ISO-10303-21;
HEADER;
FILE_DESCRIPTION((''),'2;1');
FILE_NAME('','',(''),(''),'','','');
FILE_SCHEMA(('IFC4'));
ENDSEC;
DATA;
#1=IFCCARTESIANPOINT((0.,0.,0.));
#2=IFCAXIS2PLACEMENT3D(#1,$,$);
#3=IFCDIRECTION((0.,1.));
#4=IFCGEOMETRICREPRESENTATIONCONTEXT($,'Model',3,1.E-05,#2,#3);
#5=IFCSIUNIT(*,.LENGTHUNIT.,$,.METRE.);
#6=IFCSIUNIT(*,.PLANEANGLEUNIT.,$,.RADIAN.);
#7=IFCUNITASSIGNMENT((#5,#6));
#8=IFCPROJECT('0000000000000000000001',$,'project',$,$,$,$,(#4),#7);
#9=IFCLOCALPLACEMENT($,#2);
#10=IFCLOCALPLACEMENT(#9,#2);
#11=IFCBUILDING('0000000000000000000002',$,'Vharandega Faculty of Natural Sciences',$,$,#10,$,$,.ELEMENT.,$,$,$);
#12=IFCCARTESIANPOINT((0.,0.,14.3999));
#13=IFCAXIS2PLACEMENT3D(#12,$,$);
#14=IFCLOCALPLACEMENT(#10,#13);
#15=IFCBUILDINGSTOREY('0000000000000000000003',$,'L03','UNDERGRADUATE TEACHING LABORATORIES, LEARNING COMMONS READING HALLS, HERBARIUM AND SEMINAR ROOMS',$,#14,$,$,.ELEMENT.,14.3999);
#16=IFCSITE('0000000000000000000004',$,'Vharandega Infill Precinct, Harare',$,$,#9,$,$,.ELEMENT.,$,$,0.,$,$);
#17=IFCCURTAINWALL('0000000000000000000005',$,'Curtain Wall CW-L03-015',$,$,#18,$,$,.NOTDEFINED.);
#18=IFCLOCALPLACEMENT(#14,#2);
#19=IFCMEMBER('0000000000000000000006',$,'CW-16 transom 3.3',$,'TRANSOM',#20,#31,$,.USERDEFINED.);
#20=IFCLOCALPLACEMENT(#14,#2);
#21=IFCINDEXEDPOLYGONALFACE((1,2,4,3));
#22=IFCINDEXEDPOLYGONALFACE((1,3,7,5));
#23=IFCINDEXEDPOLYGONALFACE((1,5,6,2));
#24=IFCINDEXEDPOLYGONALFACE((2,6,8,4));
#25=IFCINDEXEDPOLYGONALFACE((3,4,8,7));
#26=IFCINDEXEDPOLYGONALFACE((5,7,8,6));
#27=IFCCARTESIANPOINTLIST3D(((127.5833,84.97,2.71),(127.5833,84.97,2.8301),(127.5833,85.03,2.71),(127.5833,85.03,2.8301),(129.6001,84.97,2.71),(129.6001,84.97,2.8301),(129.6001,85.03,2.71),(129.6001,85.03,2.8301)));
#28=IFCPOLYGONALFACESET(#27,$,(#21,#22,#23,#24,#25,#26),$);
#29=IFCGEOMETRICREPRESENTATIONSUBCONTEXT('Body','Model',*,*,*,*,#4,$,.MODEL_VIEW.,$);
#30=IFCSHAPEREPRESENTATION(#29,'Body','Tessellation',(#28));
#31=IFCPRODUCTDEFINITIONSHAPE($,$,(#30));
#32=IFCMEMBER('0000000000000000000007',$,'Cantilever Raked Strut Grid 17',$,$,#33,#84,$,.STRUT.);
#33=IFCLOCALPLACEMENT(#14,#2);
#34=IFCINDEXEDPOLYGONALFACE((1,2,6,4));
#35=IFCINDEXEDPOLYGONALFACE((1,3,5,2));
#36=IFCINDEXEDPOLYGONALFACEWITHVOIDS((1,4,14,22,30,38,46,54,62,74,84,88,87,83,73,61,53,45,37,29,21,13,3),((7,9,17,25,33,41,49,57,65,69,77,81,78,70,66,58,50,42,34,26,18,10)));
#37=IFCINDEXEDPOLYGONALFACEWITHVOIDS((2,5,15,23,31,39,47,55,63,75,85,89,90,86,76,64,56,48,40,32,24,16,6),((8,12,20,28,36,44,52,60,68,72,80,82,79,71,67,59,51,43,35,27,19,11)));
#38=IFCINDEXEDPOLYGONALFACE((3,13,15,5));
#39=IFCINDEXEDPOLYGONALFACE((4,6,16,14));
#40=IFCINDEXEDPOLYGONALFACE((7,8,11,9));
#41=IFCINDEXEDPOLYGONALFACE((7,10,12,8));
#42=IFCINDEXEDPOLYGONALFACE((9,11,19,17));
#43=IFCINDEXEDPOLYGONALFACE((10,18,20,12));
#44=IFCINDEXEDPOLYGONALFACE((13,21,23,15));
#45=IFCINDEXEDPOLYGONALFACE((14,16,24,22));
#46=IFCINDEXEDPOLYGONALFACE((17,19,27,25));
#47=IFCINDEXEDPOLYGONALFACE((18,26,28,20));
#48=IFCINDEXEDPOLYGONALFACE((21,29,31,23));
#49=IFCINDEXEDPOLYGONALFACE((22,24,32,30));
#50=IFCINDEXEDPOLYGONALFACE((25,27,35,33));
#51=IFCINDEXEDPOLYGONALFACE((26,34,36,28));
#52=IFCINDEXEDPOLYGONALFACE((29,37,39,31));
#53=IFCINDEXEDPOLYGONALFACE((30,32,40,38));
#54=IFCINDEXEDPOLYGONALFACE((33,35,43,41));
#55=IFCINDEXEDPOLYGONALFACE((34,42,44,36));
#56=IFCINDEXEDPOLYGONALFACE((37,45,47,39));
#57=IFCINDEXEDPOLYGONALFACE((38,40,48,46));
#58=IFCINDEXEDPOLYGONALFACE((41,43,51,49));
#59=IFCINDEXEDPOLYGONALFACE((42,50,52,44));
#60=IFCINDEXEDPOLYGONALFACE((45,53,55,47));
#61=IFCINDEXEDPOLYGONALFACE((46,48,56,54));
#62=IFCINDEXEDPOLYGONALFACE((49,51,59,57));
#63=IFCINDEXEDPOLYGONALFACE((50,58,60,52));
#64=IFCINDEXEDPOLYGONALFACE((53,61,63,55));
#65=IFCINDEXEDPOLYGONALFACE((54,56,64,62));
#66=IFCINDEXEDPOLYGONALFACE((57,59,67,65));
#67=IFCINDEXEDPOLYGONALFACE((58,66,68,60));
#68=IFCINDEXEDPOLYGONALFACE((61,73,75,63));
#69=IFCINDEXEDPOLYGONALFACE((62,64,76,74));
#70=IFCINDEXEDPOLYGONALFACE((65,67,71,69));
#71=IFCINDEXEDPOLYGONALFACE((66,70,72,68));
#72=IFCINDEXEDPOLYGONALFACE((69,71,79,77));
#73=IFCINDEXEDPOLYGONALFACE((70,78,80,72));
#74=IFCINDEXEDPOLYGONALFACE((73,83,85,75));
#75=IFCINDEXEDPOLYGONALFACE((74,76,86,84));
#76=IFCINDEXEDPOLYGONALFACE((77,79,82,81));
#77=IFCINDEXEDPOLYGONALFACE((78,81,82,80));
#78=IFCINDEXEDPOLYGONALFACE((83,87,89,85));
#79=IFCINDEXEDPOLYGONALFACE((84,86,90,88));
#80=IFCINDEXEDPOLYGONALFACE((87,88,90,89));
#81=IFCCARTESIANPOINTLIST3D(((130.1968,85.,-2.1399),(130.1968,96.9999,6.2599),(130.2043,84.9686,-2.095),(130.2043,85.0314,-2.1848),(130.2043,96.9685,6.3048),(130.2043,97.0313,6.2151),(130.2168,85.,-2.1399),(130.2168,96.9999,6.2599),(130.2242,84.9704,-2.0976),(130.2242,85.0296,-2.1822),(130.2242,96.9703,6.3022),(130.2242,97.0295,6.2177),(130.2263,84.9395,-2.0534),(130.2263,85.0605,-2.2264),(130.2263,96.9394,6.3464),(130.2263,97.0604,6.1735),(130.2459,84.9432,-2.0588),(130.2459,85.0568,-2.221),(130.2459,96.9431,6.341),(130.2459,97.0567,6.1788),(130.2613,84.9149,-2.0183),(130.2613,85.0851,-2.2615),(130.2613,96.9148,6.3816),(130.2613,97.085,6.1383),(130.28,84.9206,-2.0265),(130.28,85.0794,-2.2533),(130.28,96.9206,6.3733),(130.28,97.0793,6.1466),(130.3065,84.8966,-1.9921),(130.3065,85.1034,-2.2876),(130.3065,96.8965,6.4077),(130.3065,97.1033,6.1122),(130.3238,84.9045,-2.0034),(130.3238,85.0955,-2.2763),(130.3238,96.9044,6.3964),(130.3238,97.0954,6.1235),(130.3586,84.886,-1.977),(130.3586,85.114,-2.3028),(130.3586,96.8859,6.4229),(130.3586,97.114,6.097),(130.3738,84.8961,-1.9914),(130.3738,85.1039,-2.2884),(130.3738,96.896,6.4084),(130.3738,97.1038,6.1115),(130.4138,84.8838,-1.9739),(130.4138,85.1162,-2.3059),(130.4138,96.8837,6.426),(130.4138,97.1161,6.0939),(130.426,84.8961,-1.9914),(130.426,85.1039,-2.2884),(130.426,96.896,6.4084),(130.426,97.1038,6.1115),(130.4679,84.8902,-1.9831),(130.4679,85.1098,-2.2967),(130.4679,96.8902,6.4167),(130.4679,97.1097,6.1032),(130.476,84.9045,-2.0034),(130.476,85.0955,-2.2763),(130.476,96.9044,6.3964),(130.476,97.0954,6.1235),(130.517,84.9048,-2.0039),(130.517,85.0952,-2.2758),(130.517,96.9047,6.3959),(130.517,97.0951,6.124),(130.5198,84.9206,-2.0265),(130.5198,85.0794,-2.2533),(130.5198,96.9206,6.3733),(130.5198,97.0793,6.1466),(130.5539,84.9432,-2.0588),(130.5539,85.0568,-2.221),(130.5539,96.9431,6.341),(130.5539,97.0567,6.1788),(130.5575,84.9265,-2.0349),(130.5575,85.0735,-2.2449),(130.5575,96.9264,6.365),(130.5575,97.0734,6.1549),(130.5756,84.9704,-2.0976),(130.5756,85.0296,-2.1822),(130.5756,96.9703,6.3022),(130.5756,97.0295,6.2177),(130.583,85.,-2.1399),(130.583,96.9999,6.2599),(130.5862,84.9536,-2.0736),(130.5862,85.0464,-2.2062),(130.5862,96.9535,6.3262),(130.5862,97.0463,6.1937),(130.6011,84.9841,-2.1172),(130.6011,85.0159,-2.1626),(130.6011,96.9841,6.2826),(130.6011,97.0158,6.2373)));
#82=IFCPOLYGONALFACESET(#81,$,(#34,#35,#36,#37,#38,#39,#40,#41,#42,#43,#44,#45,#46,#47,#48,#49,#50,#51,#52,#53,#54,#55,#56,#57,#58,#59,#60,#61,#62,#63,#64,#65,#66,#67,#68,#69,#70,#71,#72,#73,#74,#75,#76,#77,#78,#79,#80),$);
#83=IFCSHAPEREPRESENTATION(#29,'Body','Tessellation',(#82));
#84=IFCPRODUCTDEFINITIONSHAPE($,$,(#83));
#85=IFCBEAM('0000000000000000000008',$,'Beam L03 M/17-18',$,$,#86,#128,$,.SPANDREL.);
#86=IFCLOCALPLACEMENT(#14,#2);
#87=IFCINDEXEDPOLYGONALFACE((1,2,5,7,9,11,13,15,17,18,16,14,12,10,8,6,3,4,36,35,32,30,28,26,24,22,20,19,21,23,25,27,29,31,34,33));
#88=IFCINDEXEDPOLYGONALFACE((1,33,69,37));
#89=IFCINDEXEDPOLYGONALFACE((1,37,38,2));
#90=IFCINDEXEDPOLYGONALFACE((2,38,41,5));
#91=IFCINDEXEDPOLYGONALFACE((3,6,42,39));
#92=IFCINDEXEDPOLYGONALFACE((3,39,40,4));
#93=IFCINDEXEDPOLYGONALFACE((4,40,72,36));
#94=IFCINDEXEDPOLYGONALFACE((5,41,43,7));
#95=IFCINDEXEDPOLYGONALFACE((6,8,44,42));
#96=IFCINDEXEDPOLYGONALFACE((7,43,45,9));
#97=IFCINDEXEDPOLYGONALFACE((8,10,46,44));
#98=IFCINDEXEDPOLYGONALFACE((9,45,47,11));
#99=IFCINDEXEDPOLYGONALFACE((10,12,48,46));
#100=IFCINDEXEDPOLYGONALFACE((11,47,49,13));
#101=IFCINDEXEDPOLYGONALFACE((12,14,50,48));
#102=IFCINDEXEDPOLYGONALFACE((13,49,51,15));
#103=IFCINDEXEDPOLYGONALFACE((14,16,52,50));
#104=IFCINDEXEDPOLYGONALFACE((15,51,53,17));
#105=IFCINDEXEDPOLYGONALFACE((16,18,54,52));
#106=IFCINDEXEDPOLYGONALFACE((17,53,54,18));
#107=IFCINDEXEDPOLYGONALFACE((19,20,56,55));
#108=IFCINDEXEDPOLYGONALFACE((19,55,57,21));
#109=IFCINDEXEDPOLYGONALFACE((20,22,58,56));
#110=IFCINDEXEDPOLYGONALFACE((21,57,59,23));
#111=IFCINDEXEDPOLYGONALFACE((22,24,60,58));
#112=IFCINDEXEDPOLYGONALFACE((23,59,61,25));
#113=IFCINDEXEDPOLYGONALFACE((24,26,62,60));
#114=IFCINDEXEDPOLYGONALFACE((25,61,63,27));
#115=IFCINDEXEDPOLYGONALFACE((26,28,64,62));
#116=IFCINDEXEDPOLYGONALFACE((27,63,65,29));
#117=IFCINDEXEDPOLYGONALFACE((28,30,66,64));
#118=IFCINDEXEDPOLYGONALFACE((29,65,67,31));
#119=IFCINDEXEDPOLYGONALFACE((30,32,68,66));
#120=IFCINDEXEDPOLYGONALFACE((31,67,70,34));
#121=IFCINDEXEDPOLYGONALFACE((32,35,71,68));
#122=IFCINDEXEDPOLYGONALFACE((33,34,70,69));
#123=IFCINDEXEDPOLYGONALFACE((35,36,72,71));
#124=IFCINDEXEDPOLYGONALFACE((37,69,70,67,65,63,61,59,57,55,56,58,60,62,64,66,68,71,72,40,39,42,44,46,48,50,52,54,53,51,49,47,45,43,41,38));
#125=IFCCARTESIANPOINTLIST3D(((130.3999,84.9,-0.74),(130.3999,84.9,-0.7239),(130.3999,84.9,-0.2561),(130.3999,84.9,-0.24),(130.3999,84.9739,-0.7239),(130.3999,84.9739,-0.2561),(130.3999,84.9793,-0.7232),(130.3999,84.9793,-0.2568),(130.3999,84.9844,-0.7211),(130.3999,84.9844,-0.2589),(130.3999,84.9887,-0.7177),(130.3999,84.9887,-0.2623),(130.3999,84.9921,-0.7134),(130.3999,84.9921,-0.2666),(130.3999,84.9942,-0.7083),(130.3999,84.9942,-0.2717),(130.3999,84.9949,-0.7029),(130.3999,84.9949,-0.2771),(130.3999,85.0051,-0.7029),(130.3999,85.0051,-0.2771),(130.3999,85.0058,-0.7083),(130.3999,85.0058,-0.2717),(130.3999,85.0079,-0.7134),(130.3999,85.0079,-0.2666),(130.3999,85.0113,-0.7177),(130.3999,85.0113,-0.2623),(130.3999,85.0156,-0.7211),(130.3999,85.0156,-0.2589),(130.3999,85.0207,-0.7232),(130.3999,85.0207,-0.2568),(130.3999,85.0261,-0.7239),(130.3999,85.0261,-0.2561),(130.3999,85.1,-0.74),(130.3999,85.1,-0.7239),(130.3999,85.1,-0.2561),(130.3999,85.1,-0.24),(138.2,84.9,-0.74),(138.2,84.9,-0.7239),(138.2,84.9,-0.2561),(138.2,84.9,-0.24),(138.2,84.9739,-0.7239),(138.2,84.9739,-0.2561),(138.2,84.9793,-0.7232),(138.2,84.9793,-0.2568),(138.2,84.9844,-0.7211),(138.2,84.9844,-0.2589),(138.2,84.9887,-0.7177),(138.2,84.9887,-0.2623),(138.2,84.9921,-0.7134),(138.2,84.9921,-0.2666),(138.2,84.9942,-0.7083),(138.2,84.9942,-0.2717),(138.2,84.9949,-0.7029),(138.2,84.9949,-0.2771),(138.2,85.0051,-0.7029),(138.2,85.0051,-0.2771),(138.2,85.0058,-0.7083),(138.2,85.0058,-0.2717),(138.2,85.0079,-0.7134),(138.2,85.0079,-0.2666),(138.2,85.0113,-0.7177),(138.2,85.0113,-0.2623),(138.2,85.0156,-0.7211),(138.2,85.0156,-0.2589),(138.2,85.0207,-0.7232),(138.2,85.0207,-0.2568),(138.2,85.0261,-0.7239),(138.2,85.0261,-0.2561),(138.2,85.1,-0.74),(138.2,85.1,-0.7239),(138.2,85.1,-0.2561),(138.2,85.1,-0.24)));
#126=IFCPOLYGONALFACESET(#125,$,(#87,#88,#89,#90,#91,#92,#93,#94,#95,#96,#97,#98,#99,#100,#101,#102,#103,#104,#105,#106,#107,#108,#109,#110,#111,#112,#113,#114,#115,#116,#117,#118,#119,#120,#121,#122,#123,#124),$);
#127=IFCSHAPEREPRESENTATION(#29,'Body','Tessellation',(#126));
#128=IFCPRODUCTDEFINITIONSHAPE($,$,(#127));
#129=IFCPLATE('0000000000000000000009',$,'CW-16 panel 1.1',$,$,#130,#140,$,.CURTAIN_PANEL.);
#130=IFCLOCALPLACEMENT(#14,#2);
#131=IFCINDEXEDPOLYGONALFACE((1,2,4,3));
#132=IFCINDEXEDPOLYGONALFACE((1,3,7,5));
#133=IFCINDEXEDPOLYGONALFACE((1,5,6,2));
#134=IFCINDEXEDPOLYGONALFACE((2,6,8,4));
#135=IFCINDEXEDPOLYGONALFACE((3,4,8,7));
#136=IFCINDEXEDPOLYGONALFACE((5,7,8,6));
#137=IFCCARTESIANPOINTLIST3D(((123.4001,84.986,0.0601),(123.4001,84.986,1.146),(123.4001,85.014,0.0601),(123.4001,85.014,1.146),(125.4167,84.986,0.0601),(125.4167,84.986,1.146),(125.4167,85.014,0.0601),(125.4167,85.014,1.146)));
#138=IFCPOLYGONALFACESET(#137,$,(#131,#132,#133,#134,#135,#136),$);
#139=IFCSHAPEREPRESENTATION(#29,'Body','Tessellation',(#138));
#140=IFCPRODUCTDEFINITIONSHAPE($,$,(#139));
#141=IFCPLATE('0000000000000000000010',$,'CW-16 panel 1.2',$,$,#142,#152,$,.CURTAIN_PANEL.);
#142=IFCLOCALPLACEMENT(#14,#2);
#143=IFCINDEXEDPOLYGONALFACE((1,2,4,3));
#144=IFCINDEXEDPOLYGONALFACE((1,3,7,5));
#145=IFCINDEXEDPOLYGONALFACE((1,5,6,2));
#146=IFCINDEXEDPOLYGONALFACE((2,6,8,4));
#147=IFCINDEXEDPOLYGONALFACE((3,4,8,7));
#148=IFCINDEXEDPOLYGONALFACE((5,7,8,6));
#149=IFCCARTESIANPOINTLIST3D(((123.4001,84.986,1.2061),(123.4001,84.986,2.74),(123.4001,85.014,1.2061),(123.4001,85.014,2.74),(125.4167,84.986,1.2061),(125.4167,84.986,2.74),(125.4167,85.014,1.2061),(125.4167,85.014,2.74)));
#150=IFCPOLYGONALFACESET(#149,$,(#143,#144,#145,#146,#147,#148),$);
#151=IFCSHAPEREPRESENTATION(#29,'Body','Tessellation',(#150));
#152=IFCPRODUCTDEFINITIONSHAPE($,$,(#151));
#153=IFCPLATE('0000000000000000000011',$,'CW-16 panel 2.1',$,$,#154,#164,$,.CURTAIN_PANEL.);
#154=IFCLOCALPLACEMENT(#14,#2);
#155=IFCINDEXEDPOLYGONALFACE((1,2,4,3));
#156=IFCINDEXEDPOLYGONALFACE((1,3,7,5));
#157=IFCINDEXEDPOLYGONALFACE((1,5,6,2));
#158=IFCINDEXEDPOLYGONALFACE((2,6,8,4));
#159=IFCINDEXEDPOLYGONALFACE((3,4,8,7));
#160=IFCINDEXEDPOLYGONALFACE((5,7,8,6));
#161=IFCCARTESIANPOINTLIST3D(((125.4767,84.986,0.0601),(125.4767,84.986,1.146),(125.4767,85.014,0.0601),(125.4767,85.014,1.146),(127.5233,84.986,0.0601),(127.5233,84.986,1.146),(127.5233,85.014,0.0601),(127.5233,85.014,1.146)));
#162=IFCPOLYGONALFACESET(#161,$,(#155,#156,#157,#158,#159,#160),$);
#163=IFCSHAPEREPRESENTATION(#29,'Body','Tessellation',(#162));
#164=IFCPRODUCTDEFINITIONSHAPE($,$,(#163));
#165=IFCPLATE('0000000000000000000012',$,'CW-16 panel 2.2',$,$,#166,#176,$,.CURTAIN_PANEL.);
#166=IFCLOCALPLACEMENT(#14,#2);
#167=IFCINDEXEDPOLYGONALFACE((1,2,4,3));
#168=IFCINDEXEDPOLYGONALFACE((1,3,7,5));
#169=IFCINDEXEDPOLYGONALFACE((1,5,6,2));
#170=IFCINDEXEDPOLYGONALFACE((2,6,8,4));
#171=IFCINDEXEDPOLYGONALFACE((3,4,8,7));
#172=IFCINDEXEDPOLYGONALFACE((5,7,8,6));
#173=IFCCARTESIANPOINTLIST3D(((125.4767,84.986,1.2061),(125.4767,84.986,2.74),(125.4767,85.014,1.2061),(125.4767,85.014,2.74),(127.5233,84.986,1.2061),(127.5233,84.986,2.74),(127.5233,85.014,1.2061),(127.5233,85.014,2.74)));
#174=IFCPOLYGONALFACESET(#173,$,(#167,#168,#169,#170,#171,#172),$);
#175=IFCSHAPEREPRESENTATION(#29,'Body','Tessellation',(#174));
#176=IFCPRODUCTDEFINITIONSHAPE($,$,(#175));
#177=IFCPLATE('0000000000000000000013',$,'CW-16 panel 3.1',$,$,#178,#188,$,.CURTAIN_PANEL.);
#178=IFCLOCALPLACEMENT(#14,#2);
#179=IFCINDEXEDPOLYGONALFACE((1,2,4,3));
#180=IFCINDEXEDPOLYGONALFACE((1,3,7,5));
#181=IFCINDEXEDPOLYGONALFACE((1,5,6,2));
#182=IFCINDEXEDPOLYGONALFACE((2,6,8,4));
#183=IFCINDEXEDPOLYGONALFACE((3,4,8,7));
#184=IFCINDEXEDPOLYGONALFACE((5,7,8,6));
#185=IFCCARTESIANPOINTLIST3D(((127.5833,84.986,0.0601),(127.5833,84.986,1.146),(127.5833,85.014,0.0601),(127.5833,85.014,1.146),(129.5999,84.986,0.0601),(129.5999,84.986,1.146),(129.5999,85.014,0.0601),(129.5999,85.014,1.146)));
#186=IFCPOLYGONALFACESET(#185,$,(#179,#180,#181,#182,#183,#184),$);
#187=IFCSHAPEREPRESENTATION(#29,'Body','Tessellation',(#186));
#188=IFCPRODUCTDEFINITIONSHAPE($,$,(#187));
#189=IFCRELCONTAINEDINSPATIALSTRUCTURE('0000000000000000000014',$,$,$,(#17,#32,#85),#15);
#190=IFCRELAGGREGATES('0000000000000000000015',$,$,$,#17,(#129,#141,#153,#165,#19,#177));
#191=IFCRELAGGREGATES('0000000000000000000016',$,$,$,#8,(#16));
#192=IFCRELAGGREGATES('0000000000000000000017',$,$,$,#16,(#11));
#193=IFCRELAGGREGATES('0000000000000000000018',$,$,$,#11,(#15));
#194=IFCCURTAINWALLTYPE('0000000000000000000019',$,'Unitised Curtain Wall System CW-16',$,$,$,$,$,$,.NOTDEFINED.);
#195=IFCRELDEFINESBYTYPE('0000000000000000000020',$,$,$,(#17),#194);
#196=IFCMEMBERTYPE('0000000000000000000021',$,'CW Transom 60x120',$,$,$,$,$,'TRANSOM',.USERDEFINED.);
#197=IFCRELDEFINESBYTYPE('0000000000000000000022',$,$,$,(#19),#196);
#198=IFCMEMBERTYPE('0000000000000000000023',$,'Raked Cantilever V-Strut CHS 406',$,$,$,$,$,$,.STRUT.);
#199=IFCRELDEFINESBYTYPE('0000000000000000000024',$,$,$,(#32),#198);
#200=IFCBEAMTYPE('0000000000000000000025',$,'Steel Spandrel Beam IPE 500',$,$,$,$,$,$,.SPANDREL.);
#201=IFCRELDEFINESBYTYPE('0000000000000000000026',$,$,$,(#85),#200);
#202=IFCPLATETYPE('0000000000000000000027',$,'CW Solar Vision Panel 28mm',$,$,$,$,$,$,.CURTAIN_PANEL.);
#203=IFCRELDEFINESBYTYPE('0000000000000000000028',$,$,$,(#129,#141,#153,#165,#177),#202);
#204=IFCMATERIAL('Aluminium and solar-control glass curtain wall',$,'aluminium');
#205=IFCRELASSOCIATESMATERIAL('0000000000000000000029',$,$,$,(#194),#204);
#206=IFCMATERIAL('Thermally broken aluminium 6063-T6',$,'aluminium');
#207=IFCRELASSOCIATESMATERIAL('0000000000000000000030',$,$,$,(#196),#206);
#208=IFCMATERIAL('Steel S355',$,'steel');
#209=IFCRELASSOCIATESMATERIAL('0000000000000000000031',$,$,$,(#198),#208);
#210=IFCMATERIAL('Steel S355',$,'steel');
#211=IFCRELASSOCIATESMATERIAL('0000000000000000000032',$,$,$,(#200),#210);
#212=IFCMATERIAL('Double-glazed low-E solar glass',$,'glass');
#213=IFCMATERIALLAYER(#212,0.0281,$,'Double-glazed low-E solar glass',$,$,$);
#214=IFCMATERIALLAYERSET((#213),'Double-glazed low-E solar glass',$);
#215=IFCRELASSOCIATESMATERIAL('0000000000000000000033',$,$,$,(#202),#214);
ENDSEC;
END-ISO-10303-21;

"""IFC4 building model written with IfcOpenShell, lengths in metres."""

from ifc_helpers import new_model, si_unit, direction, frame, origin, origin_2d, place, context, subcontext, project, spatial, rectangle, hollow_circle, i_section, extrude, material, layer, layer_set, material_profile, profile_set, type_object, element, aggregate, save


model = new_model("IFC4")

# Units and contexts
model_context = context("Model", 3, precision=1e-05, world=origin(), true_north=direction((0.0, 1.0)))
body_context = subcontext(model_context, "Body", "Model", "MODEL_VIEW")
ifc_project = project(units=[si_unit("LENGTHUNIT", "METRE"), si_unit("PLANEANGLEUNIT", "RADIAN")], contexts=[model_context])

# Site, building, storey
site_placement = place(None, origin())
site = spatial("IfcSite", under=ifc_project, at=site_placement, Name="Vharandega Infill Precinct, Harare", CompositionType="ELEMENT", RefElevation=0.0)
building_placement = place(site_placement, origin())
building = spatial("IfcBuilding", under=site, at=building_placement, Name="Vharandega Faculty of Natural Sciences", CompositionType="ELEMENT")
storey_placement = place(building_placement, frame((0.0, 0.0, 14.3999)))
storey = spatial("IfcBuildingStorey", under=building, at=storey_placement, Name="L03", Description="UNDERGRADUATE TEACHING LABORATORIES, LEARNING COMMONS READING HALLS, HERBARIUM AND SEMINAR ROOMS", CompositionType="ELEMENT", Elevation=14.3999)

# Curtain wall
ifc_material_1 = material(Name="Aluminium and solar-control glass curtain wall", Category="aluminium")
curtain_wall_type_1 = type_object("IfcCurtainWallType", Name="Unitised Curtain Wall System CW-16", PredefinedType="NOTDEFINED", material=ifc_material_1)
curtain_wall_1_placement = place(storey_placement, origin())
curtain_wall_1 = element("IfcCurtainWall", 1, at=curtain_wall_1_placement, inside=storey, type_object=curtain_wall_type_1, Name="Curtain Wall CW-L03-015", PredefinedType="NOTDEFINED")

# Members
ifc_material_2 = material(Name="Thermally broken aluminium 6063-T6", Category="aluminium")
ifc_material_profile_1 = material_profile(ifc_material_2, rectangle(XDim=0.0601, YDim=0.1201, at=origin_2d()), Name="ALU 60x120")
ifc_profile_set_1 = profile_set([ifc_material_profile_1], Name="Thermally broken aluminium 6063-T6")
member_type_1 = type_object("IfcMemberType", Name="CW Transom 60x120", ElementType="TRANSOM", PredefinedType="USERDEFINED", material=ifc_profile_set_1)
member_1_placement = place(storey_placement, frame((127.5833, 85.0, 2.77), z_axis=(1.0, 0.0, 0.0), x_axis=(0.0, 1.0, 0.0)))
member_1 = element("IfcMember", 2, at=member_1_placement, type_object=member_type_1, Name="CW-16 transom 3.3", ObjectType="TRANSOM", PredefinedType="USERDEFINED", context=body_context, shape_type="SweptSolid", body=[
    extrude(rectangle(XDim=0.0601, YDim=0.1201, at=origin_2d()), origin(), (0.0, 0.0, 1.0), 2.0168),
])
ifc_material_3 = material(Name="Steel S355", Category="steel")
ifc_material_profile_2 = material_profile(ifc_material_3, hollow_circle(Radius=0.2031, WallThickness=0.02, at=origin_2d()), Name="CHS 406.4x20")
ifc_profile_set_2 = profile_set([ifc_material_profile_2], Name="Steel S355")
member_type_2 = type_object("IfcMemberType", Name="Raked Cantilever V-Strut CHS 406", PredefinedType="STRUT", material=ifc_profile_set_2)
member_2_placement = place(storey_placement, frame((130.3999, 85.0, -2.1399), z_axis=(0.0, 0.819235, 0.573458), x_axis=(-1.0, 0.0, 0.0)))
element("IfcMember", 3, at=member_2_placement, inside=storey, type_object=member_type_2, Name="Cantilever Raked Strut Grid 17", PredefinedType="STRUT", context=body_context, shape_type="SweptSolid", body=[
    extrude(hollow_circle(Radius=0.2031, WallThickness=0.02, at=origin_2d()), origin(), (0.0, 0.0, 1.0), 14.6477),
])

# Beam
ifc_material_4 = material(Name="Steel S355", Category="steel")
ifc_material_profile_3 = material_profile(ifc_material_4, i_section(OverallWidth=0.2, OverallDepth=0.5, WebThickness=0.0103, FlangeThickness=0.0161, FilletRadius=0.021, at=origin_2d()), Name="IPE 500")
ifc_profile_set_3 = profile_set([ifc_material_profile_3], Name="Steel S355")
beam_type = type_object("IfcBeamType", Name="Steel Spandrel Beam IPE 500", PredefinedType="SPANDREL", material=ifc_profile_set_3)
beam_placement = place(storey_placement, frame((130.3999, 85.0, -0.49), z_axis=(1.0, 0.0, 0.0), x_axis=(0.0, 1.0, 0.0)))
element("IfcBeam", 4, at=beam_placement, inside=storey, type_object=beam_type, Name="Beam L03 M/17-18", PredefinedType="SPANDREL", context=body_context, shape_type="SweptSolid", body=[
    extrude(i_section(OverallWidth=0.2, OverallDepth=0.5, WebThickness=0.0103, FlangeThickness=0.0161, FilletRadius=0.021, at=origin_2d()), origin(), (0.0, 0.0, 1.0), 7.8),
])

# Plates
ifc_material_5 = material(Name="Double-glazed low-E solar glass", Category="glass")
ifc_layer_1 = layer(ifc_material_5, 0.0281, Name="Double-glazed low-E solar glass")
ifc_layer_set_1 = layer_set([ifc_layer_1], Name="Double-glazed low-E solar glass")
plate_type_1 = type_object("IfcPlateType", Name="CW Solar Vision Panel 28mm", PredefinedType="CURTAIN_PANEL", material=ifc_layer_set_1)
plate_1_placement = place(storey_placement, frame((124.4084, 85.0, 0.0601), z_axis=(0.0, 0.0, 1.0), x_axis=(1.0, 0.0, 0.0)))
plate_1 = element("IfcPlate", 5, at=plate_1_placement, type_object=plate_type_1, Name="CW-16 panel 1.1", PredefinedType="CURTAIN_PANEL", context=body_context, shape_type="SweptSolid", body=[
    extrude(rectangle(XDim=2.0166, YDim=0.0281, at=origin_2d()), origin(), (0.0, 0.0, 1.0), 1.0859),
])
plate_2_placement = place(storey_placement, frame((124.4084, 85.0, 1.2061), z_axis=(0.0, 0.0, 1.0), x_axis=(1.0, 0.0, 0.0)))
plate_2 = element("IfcPlate", 6, at=plate_2_placement, type_object=plate_type_1, Name="CW-16 panel 1.2", PredefinedType="CURTAIN_PANEL", context=body_context, shape_type="SweptSolid", body=[
    extrude(rectangle(XDim=2.0166, YDim=0.0281, at=origin_2d()), origin(), (0.0, 0.0, 1.0), 1.5339),
])
plate_3_placement = place(storey_placement, frame((126.5, 85.0, 0.0601), z_axis=(0.0, 0.0, 1.0), x_axis=(1.0, 0.0, 0.0)))
plate_3 = element("IfcPlate", 7, at=plate_3_placement, type_object=plate_type_1, Name="CW-16 panel 2.1", PredefinedType="CURTAIN_PANEL", context=body_context, shape_type="SweptSolid", body=[
    extrude(rectangle(XDim=2.0466, YDim=0.0281, at=origin_2d()), origin(), (0.0, 0.0, 1.0), 1.0859),
])
plate_4_placement = place(storey_placement, frame((126.5, 85.0, 1.2061), z_axis=(0.0, 0.0, 1.0), x_axis=(1.0, 0.0, 0.0)))
plate_4 = element("IfcPlate", 8, at=plate_4_placement, type_object=plate_type_1, Name="CW-16 panel 2.2", PredefinedType="CURTAIN_PANEL", context=body_context, shape_type="SweptSolid", body=[
    extrude(rectangle(XDim=2.0466, YDim=0.0281, at=origin_2d()), origin(), (0.0, 0.0, 1.0), 1.5339),
])
plate_5_placement = place(storey_placement, frame((128.5916, 85.0, 0.0601), z_axis=(0.0, 0.0, 1.0), x_axis=(1.0, 0.0, 0.0)))
plate_5 = element("IfcPlate", 9, at=plate_5_placement, type_object=plate_type_1, Name="CW-16 panel 3.1", PredefinedType="CURTAIN_PANEL", context=body_context, shape_type="SweptSolid", body=[
    extrude(rectangle(XDim=2.0166, YDim=0.0281, at=origin_2d()), origin(), (0.0, 0.0, 1.0), 1.0859),
])
aggregate(curtain_wall_1, [plate_1, plate_2, plate_3, plate_4, member_1, plate_5])

save(model, "model.ifc")
